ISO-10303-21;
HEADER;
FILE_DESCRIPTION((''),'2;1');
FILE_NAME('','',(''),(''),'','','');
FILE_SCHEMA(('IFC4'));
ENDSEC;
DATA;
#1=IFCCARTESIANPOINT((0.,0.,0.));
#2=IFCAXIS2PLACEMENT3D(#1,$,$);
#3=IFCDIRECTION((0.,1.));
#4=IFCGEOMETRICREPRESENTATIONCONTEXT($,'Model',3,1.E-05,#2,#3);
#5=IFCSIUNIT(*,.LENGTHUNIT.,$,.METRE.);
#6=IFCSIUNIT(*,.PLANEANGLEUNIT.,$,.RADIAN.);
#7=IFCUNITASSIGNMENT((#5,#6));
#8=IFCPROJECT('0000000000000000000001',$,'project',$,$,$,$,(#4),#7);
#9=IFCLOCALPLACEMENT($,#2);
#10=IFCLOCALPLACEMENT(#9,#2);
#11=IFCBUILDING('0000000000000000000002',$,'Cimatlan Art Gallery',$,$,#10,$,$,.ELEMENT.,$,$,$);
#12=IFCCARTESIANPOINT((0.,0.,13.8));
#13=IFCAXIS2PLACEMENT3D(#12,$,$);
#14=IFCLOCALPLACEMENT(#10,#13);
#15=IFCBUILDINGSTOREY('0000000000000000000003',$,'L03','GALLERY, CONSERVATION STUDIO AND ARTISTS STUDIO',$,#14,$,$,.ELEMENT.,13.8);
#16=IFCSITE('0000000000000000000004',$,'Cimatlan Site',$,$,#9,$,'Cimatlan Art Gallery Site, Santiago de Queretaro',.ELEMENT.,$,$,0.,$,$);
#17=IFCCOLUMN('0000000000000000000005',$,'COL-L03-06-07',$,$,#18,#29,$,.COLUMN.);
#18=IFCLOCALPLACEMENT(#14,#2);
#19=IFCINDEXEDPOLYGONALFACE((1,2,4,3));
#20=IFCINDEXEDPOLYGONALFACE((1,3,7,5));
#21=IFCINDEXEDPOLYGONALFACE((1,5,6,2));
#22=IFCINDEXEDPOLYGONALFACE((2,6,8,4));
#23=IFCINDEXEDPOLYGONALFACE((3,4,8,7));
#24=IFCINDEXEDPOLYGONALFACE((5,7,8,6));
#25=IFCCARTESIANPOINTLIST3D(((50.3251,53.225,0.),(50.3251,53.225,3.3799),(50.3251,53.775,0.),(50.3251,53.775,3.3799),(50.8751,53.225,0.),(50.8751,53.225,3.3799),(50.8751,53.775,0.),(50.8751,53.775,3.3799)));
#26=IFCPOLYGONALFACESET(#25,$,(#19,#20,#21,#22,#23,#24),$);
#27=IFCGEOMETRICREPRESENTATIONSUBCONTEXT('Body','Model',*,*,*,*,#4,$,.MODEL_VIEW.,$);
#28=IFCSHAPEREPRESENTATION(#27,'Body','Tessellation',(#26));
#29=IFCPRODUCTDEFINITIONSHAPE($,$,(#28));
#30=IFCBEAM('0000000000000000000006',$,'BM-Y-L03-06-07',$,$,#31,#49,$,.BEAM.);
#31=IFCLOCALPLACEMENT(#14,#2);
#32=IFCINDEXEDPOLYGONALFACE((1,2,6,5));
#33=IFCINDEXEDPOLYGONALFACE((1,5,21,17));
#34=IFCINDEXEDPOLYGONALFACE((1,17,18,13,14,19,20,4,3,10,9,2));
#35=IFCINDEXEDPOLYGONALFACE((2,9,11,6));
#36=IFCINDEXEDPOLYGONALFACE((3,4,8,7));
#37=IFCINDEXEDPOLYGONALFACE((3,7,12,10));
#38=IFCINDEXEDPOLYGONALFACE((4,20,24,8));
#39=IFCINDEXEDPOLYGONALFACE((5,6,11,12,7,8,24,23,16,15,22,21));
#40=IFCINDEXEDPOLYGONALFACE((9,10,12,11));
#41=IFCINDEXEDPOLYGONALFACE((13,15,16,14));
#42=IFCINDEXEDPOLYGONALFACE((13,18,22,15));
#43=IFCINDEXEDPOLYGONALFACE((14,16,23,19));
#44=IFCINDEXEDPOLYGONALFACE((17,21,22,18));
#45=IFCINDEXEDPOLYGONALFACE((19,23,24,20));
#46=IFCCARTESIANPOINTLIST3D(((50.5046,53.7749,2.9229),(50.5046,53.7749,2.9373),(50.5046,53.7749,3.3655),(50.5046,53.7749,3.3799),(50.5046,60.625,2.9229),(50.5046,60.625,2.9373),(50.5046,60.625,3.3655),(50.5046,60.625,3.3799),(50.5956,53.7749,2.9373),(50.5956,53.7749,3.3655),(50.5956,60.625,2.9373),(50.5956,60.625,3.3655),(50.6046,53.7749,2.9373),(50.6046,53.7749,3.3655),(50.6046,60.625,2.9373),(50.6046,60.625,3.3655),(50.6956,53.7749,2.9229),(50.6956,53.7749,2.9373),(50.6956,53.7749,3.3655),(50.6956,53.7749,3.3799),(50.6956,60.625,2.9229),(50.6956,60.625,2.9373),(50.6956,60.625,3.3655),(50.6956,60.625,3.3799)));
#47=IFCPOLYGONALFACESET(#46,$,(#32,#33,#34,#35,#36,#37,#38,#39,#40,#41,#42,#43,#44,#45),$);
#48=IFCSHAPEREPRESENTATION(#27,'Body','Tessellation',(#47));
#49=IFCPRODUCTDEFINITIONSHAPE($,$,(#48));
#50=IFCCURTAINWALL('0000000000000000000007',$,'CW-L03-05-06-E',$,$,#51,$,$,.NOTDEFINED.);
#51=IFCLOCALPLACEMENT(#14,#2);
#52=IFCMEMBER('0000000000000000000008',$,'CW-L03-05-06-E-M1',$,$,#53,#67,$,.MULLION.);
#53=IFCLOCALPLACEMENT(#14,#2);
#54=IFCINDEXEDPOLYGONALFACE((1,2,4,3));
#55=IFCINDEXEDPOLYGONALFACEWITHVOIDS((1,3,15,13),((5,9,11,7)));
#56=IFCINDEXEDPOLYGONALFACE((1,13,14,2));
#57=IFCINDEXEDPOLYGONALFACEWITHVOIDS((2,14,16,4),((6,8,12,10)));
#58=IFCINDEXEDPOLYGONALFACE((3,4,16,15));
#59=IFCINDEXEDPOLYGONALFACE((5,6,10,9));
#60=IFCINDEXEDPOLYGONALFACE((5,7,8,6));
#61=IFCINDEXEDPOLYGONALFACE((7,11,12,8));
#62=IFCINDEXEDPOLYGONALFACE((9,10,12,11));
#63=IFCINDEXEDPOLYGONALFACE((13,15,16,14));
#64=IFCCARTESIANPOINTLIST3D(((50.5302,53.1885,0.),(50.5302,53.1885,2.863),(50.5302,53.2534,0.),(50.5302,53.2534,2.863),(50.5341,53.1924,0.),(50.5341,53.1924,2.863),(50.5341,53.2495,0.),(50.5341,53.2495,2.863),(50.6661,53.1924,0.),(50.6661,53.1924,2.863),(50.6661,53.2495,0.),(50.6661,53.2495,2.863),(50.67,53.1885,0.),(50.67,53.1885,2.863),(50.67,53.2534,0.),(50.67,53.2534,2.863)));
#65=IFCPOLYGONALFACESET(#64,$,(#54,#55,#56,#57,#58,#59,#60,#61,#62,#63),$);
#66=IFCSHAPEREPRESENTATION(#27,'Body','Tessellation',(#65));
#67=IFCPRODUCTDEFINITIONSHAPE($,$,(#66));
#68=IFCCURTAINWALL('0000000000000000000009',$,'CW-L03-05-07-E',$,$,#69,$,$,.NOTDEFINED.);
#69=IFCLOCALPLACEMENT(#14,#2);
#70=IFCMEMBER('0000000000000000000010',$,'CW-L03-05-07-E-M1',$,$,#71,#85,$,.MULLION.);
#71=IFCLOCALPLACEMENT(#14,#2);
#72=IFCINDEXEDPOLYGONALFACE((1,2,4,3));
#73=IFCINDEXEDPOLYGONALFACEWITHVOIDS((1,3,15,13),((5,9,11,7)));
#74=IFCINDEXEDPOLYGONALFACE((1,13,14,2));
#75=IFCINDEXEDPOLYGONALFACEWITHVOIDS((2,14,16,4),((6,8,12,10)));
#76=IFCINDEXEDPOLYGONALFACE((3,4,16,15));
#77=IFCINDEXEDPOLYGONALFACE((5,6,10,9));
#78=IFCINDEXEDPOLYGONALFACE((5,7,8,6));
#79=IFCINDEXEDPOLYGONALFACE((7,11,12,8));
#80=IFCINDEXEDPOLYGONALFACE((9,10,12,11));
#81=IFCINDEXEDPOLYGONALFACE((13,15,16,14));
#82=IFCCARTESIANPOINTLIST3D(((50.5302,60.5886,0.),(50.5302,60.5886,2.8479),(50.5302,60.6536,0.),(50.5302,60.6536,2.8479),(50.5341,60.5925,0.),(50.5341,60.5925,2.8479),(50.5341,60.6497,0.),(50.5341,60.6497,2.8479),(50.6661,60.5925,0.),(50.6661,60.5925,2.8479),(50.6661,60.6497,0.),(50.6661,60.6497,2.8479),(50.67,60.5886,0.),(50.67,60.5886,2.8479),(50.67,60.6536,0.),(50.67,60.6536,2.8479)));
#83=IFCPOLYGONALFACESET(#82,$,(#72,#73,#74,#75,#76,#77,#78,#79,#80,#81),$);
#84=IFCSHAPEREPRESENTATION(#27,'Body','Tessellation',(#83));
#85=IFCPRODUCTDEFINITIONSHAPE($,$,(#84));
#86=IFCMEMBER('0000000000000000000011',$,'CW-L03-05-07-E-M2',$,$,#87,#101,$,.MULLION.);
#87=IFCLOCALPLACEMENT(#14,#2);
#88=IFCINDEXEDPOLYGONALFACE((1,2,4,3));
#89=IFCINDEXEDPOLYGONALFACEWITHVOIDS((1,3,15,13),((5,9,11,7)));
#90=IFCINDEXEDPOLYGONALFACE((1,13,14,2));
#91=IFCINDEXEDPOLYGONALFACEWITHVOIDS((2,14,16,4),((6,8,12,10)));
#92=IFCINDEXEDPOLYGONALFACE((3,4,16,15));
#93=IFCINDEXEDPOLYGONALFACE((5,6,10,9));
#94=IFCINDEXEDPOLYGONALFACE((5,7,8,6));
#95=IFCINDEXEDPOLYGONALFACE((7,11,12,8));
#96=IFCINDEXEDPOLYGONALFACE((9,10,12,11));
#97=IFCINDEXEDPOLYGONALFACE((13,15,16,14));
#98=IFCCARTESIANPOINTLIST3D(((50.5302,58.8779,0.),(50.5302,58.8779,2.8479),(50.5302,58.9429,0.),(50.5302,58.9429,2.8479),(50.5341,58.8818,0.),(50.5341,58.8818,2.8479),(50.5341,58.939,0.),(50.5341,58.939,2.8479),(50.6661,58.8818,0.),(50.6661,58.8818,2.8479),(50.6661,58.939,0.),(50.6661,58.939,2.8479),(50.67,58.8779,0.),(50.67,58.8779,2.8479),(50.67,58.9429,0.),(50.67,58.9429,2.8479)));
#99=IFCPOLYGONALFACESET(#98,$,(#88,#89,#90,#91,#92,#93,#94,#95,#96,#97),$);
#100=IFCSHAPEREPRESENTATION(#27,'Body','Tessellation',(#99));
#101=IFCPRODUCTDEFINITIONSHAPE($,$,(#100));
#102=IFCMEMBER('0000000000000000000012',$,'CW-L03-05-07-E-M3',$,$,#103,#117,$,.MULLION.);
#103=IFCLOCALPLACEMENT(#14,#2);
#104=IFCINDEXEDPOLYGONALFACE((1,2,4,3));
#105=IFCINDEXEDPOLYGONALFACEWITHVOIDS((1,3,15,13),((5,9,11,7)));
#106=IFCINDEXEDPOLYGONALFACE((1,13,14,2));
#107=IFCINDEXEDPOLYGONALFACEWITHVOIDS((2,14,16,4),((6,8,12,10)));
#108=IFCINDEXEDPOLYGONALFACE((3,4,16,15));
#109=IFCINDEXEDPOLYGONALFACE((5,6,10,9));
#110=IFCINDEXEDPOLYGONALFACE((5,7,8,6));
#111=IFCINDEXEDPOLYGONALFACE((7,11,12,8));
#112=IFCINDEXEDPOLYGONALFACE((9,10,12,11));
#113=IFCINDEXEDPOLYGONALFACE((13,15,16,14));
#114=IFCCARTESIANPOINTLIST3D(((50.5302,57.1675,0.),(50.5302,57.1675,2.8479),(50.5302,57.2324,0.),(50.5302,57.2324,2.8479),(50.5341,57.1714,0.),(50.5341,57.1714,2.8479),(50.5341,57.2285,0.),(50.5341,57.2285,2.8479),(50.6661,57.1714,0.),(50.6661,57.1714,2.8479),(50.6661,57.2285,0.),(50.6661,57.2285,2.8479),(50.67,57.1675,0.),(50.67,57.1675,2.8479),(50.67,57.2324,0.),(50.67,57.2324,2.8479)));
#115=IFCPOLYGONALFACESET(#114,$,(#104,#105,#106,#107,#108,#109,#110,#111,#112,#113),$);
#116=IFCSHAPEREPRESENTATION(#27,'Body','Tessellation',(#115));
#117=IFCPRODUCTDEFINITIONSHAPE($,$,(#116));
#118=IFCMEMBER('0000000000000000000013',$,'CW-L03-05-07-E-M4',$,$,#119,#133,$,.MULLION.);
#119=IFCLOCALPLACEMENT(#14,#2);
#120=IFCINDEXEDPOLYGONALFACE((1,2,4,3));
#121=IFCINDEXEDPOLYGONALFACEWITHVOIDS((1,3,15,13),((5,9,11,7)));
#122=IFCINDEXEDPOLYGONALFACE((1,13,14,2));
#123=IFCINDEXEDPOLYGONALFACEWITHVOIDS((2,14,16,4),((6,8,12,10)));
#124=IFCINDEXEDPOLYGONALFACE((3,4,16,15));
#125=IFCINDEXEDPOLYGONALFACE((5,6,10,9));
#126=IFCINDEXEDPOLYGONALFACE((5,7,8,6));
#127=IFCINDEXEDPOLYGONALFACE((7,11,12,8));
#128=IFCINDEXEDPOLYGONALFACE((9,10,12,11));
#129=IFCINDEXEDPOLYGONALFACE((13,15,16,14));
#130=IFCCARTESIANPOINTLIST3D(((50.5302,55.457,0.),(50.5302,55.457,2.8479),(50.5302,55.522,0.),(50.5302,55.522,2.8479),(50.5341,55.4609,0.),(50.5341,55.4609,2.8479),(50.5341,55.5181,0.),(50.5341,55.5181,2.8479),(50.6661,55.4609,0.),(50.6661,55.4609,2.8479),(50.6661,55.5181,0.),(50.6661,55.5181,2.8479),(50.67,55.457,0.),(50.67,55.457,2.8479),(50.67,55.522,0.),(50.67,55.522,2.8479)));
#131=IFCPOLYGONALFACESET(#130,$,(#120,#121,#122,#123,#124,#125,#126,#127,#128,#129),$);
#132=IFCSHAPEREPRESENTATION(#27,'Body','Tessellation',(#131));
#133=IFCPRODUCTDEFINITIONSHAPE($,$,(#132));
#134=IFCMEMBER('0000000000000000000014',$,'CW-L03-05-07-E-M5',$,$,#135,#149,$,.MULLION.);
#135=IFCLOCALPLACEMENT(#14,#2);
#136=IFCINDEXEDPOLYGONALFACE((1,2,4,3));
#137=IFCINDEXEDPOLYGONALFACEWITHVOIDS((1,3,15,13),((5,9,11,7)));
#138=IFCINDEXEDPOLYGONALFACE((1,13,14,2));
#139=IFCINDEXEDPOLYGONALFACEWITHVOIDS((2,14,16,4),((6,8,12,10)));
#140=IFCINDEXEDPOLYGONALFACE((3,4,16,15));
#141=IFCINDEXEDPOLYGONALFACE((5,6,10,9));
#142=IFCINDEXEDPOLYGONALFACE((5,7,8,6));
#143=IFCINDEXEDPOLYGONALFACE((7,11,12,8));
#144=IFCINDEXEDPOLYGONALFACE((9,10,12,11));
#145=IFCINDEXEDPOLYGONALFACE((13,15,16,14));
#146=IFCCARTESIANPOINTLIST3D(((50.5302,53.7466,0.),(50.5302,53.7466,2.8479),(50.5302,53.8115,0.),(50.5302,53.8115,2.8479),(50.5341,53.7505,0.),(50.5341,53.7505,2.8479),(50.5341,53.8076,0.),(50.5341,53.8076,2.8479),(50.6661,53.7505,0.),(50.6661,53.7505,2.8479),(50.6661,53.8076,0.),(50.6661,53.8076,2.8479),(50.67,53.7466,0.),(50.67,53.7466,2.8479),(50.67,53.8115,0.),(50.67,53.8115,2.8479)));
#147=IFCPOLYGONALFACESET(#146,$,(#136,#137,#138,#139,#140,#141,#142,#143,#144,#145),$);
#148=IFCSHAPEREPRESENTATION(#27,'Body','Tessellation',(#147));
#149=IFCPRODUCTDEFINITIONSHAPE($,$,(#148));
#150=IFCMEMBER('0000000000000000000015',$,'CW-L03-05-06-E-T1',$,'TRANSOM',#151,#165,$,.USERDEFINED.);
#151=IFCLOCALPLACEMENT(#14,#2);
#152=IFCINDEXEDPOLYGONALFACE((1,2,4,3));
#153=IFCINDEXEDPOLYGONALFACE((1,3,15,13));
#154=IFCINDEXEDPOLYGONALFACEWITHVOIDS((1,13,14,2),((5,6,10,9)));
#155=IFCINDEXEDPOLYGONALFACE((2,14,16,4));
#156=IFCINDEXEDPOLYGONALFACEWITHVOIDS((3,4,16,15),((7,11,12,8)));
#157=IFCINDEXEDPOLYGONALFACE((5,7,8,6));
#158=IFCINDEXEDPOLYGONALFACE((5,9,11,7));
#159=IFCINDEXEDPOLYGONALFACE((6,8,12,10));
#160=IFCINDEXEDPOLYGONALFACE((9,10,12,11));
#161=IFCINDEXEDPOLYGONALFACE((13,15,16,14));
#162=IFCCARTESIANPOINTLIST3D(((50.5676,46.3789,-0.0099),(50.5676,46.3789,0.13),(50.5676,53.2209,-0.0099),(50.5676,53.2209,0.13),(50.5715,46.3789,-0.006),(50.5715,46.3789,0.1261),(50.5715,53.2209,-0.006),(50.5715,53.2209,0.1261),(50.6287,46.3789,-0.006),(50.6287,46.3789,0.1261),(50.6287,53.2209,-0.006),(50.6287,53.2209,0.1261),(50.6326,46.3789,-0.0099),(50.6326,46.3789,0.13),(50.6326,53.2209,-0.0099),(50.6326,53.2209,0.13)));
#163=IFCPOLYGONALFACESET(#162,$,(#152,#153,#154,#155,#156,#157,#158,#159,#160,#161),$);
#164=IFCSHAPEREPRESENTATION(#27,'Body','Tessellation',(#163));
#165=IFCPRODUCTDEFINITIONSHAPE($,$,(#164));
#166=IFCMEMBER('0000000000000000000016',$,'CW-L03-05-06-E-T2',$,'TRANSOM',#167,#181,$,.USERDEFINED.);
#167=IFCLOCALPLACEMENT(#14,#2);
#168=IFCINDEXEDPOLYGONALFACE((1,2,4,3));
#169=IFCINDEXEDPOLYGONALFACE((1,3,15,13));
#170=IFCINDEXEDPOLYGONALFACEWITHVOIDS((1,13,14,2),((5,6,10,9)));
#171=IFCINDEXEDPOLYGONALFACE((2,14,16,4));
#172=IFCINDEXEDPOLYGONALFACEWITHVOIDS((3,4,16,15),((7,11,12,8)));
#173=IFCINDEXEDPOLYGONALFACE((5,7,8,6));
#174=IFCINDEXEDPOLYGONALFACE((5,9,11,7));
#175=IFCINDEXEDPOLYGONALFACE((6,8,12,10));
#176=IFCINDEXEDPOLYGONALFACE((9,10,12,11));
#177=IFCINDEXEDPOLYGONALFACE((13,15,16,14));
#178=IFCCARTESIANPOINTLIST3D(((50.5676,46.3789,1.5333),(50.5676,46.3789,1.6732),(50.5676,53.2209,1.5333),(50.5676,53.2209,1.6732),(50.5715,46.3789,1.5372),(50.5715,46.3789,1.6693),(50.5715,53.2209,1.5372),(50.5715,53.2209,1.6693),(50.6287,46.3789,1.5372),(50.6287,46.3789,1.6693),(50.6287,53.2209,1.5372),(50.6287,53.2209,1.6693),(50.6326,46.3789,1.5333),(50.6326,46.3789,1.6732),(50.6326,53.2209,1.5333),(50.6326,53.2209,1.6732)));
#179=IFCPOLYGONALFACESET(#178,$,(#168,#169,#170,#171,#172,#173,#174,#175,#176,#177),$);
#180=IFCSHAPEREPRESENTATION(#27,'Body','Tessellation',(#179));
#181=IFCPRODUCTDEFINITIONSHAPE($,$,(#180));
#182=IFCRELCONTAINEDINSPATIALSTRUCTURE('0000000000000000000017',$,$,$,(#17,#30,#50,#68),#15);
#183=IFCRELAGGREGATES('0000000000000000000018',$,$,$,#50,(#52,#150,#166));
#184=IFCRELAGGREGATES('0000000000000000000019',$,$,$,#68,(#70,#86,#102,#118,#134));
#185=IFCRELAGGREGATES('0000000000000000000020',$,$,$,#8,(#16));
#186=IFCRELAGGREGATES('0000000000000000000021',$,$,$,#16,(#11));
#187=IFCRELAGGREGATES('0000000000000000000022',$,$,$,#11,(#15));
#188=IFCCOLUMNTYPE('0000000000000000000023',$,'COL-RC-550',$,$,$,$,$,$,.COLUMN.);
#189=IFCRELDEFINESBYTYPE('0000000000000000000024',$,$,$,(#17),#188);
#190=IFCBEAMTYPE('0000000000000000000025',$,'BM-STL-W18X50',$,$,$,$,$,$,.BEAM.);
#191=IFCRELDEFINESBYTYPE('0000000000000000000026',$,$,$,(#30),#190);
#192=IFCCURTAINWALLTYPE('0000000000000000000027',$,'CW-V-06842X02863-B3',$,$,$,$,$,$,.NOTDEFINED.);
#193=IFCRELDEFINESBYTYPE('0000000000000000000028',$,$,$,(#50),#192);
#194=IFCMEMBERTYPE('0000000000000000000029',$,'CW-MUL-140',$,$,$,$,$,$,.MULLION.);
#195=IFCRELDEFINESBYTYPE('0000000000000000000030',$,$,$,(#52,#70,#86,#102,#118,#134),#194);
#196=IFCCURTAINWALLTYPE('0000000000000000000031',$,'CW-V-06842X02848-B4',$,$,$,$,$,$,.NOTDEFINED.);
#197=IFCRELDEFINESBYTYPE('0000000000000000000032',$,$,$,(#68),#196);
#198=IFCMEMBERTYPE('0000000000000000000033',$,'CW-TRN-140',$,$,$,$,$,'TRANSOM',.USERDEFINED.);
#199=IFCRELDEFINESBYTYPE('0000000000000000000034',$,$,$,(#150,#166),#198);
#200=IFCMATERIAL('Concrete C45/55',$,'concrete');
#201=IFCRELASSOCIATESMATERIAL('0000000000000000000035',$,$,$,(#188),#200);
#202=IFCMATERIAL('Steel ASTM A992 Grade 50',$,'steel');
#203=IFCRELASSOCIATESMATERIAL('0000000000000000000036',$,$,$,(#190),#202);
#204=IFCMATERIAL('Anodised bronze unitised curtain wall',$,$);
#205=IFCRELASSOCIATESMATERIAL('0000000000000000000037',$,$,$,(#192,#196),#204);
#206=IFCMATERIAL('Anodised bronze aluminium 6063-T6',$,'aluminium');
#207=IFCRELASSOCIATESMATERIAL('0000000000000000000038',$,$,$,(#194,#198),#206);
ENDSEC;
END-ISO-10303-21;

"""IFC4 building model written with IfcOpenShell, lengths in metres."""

from ifc_helpers import new_model, si_unit, direction, frame, origin, origin_2d, place, context, subcontext, project, spatial, rectangle, hollow_rectangle, i_section, extrude, material, material_profile, profile_set, type_object, element, aggregate, save


model = new_model("IFC4")

# Units and contexts
model_context = context("Model", 3, precision=1e-05, world=origin(), true_north=direction((0.0, 1.0)))
body_context = subcontext(model_context, "Body", "Model", "MODEL_VIEW")
ifc_project = project(units=[si_unit("LENGTHUNIT", "METRE"), si_unit("PLANEANGLEUNIT", "RADIAN")], contexts=[model_context])

# Site, building, storey
site_placement = place(None, origin())
site = spatial("IfcSite", under=ifc_project, at=site_placement, Name="Cimatlan Site", LongName="Cimatlan Art Gallery Site, Santiago de Queretaro", CompositionType="ELEMENT", RefElevation=0.0)
building_placement = place(site_placement, origin())
building = spatial("IfcBuilding", under=site, at=building_placement, Name="Cimatlan Art Gallery", CompositionType="ELEMENT")
storey_placement = place(building_placement, frame((0.0, 0.0, 13.8)))
storey = spatial("IfcBuildingStorey", under=building, at=storey_placement, Name="L03", Description="GALLERY, CONSERVATION STUDIO AND ARTISTS STUDIO", CompositionType="ELEMENT", Elevation=13.8)

# Column
ifc_material_1 = material(Name="Concrete C45/55", Category="concrete")
ifc_material_profile_1 = material_profile(ifc_material_1, rectangle(XDim=0.55, YDim=0.55, at=origin_2d()), Name="RC550X550")
ifc_profile_set_1 = profile_set([ifc_material_profile_1], Name="Concrete C45/55")
column_type = type_object("IfcColumnType", Name="COL-RC-550", PredefinedType="COLUMN", material=ifc_profile_set_1)
column_placement = place(storey_placement, frame((50.6001, 53.5, 0.0), z_axis=(0.0, 0.0, 1.0), x_axis=(1.0, 0.0, 0.0)))
element("IfcColumn", 1, at=column_placement, inside=storey, type_object=column_type, Name="COL-L03-06-07", PredefinedType="COLUMN", context=body_context, shape_type="SweptSolid", body=[
    extrude(rectangle(XDim=0.55, YDim=0.55, at=origin_2d()), origin(), (0.0, 0.0, 1.0), 3.3799),
])

# Beam
ifc_material_2 = material(Name="Steel ASTM A992 Grade 50", Category="steel")
ifc_material_profile_2 = material_profile(ifc_material_2, i_section(OverallWidth=0.1909, OverallDepth=0.457, WebThickness=0.009, FlangeThickness=0.0144, at=origin_2d()), Name="W18X50")
ifc_profile_set_2 = profile_set([ifc_material_profile_2], Name="Steel ASTM A992 Grade 50")
beam_type = type_object("IfcBeamType", Name="BM-STL-W18X50", PredefinedType="BEAM", material=ifc_profile_set_2)
beam_placement = place(storey_placement, frame((50.6001, 53.7749, 3.1514), z_axis=(0.0, 1.0, 0.0), x_axis=(-1.0, 0.0, 0.0)))
element("IfcBeam", 2, at=beam_placement, inside=storey, type_object=beam_type, Name="BM-Y-L03-06-07", PredefinedType="BEAM", context=body_context, shape_type="SweptSolid", body=[
    extrude(i_section(OverallWidth=0.1909, OverallDepth=0.457, WebThickness=0.009, FlangeThickness=0.0144, at=origin_2d()), origin(), (0.0, 0.0, 1.0), 6.8501),
])

# Curtain wall, member
ifc_material_3 = material(Name="Anodised bronze unitised curtain wall")
curtain_wall_type_1 = type_object("IfcCurtainWallType", Name="CW-V-06842X02863-B3", PredefinedType="NOTDEFINED", material=ifc_material_3)
curtain_wall_1_placement = place(storey_placement, origin())
curtain_wall_1 = element("IfcCurtainWall", 3, at=curtain_wall_1_placement, inside=storey, type_object=curtain_wall_type_1, Name="CW-L03-05-06-E", PredefinedType="NOTDEFINED")
ifc_material_4 = material(Name="Anodised bronze aluminium 6063-T6", Category="aluminium")
ifc_material_profile_3 = material_profile(ifc_material_4, hollow_rectangle(XDim=0.0649, YDim=0.1399, WallThickness=0.0039, at=origin_2d()), Name="ALU65X140X4")
ifc_profile_set_3 = profile_set([ifc_material_profile_3], Name="Anodised bronze aluminium 6063-T6")
member_type_1 = type_object("IfcMemberType", Name="CW-MUL-140", PredefinedType="MULLION", material=ifc_profile_set_3)
member_1_placement = place(storey_placement, frame((50.6001, 53.2209, 0.0), z_axis=(0.0, 0.0, 1.0), x_axis=(0.0, 1.0, 0.0)))
member_1 = element("IfcMember", 4, at=member_1_placement, type_object=member_type_1, Name="CW-L03-05-06-E-M1", PredefinedType="MULLION", context=body_context, shape_type="SweptSolid", body=[
    extrude(hollow_rectangle(XDim=0.0649, YDim=0.1399, WallThickness=0.0039, at=origin_2d()), origin(), (0.0, 0.0, 1.0), 2.863),
])

# Curtain wall, members
curtain_wall_type_2 = type_object("IfcCurtainWallType", Name="CW-V-06842X02848-B4", PredefinedType="NOTDEFINED", material=ifc_material_3)
curtain_wall_2_placement = place(storey_placement, origin())
curtain_wall_2 = element("IfcCurtainWall", 5, at=curtain_wall_2_placement, inside=storey, type_object=curtain_wall_type_2, Name="CW-L03-05-07-E", PredefinedType="NOTDEFINED")
member_2_placement = place(storey_placement, frame((50.6001, 60.6211, 0.0), z_axis=(0.0, 0.0, 1.0), x_axis=(0.0, 1.0, 0.0)))
member_2 = element("IfcMember", 6, at=member_2_placement, type_object=member_type_1, Name="CW-L03-05-07-E-M1", PredefinedType="MULLION", context=body_context, shape_type="SweptSolid", body=[
    extrude(hollow_rectangle(XDim=0.0649, YDim=0.1399, WallThickness=0.0039, at=origin_2d()), origin(), (0.0, 0.0, 1.0), 2.8479),
])
member_3_placement = place(storey_placement, frame((50.6001, 58.9104, 0.0), z_axis=(0.0, 0.0, 1.0), x_axis=(0.0, 1.0, 0.0)))
member_3 = element("IfcMember", 7, at=member_3_placement, type_object=member_type_1, Name="CW-L03-05-07-E-M2", PredefinedType="MULLION", context=body_context, shape_type="SweptSolid", body=[
    extrude(hollow_rectangle(XDim=0.0649, YDim=0.1399, WallThickness=0.0039, at=origin_2d()), origin(), (0.0, 0.0, 1.0), 2.8479),
])
member_4_placement = place(storey_placement, frame((50.6001, 57.2, 0.0), z_axis=(0.0, 0.0, 1.0), x_axis=(0.0, 1.0, 0.0)))
member_4 = element("IfcMember", 8, at=member_4_placement, type_object=member_type_1, Name="CW-L03-05-07-E-M3", PredefinedType="MULLION", context=body_context, shape_type="SweptSolid", body=[
    extrude(hollow_rectangle(XDim=0.0649, YDim=0.1399, WallThickness=0.0039, at=origin_2d()), origin(), (0.0, 0.0, 1.0), 2.8479),
])
member_5_placement = place(storey_placement, frame((50.6001, 55.4895, 0.0), z_axis=(0.0, 0.0, 1.0), x_axis=(0.0, 1.0, 0.0)))
member_5 = element("IfcMember", 9, at=member_5_placement, type_object=member_type_1, Name="CW-L03-05-07-E-M4", PredefinedType="MULLION", context=body_context, shape_type="SweptSolid", body=[
    extrude(hollow_rectangle(XDim=0.0649, YDim=0.1399, WallThickness=0.0039, at=origin_2d()), origin(), (0.0, 0.0, 1.0), 2.8479),
])
member_6_placement = place(storey_placement, frame((50.6001, 53.7791, 0.0), z_axis=(0.0, 0.0, 1.0), x_axis=(0.0, 1.0, 0.0)))
member_6 = element("IfcMember", 10, at=member_6_placement, type_object=member_type_1, Name="CW-L03-05-07-E-M5", PredefinedType="MULLION", context=body_context, shape_type="SweptSolid", body=[
    extrude(hollow_rectangle(XDim=0.0649, YDim=0.1399, WallThickness=0.0039, at=origin_2d()), origin(), (0.0, 0.0, 1.0), 2.8479),
])

# Members
ifc_material_profile_4 = material_profile(ifc_material_4, hollow_rectangle(XDim=0.0649, YDim=0.1399, WallThickness=0.0039, at=origin_2d()), Name="ALU65X140X4")
ifc_profile_set_4 = profile_set([ifc_material_profile_4], Name="Anodised bronze aluminium 6063-T6")
member_type_2 = type_object("IfcMemberType", Name="CW-TRN-140", ElementType="TRANSOM", PredefinedType="USERDEFINED", material=ifc_profile_set_4)
member_7_placement = place(storey_placement, frame((50.6001, 53.2209, 0.0601), z_axis=(0.0, -1.0, 0.0), x_axis=(1.0, 0.0, 0.0)))
member_7 = element("IfcMember", 11, at=member_7_placement, type_object=member_type_2, Name="CW-L03-05-06-E-T1", ObjectType="TRANSOM", PredefinedType="USERDEFINED", context=body_context, shape_type="SweptSolid", body=[
    extrude(hollow_rectangle(XDim=0.0649, YDim=0.1399, WallThickness=0.0039, at=origin_2d()), origin(), (0.0, 0.0, 1.0), 6.842),
])
member_8_placement = place(storey_placement, frame((50.6001, 53.2209, 1.6033), z_axis=(0.0, -1.0, 0.0), x_axis=(1.0, 0.0, 0.0)))
member_8 = element("IfcMember", 12, at=member_8_placement, type_object=member_type_2, Name="CW-L03-05-06-E-T2", ObjectType="TRANSOM", PredefinedType="USERDEFINED", context=body_context, shape_type="SweptSolid", body=[
    extrude(hollow_rectangle(XDim=0.0649, YDim=0.1399, WallThickness=0.0039, at=origin_2d()), origin(), (0.0, 0.0, 1.0), 6.842),
])
aggregate(curtain_wall_1, [member_1, member_7, member_8])

aggregate(curtain_wall_2, [member_2, member_3, member_4, member_5, member_6])

save(model, "model.ifc")
